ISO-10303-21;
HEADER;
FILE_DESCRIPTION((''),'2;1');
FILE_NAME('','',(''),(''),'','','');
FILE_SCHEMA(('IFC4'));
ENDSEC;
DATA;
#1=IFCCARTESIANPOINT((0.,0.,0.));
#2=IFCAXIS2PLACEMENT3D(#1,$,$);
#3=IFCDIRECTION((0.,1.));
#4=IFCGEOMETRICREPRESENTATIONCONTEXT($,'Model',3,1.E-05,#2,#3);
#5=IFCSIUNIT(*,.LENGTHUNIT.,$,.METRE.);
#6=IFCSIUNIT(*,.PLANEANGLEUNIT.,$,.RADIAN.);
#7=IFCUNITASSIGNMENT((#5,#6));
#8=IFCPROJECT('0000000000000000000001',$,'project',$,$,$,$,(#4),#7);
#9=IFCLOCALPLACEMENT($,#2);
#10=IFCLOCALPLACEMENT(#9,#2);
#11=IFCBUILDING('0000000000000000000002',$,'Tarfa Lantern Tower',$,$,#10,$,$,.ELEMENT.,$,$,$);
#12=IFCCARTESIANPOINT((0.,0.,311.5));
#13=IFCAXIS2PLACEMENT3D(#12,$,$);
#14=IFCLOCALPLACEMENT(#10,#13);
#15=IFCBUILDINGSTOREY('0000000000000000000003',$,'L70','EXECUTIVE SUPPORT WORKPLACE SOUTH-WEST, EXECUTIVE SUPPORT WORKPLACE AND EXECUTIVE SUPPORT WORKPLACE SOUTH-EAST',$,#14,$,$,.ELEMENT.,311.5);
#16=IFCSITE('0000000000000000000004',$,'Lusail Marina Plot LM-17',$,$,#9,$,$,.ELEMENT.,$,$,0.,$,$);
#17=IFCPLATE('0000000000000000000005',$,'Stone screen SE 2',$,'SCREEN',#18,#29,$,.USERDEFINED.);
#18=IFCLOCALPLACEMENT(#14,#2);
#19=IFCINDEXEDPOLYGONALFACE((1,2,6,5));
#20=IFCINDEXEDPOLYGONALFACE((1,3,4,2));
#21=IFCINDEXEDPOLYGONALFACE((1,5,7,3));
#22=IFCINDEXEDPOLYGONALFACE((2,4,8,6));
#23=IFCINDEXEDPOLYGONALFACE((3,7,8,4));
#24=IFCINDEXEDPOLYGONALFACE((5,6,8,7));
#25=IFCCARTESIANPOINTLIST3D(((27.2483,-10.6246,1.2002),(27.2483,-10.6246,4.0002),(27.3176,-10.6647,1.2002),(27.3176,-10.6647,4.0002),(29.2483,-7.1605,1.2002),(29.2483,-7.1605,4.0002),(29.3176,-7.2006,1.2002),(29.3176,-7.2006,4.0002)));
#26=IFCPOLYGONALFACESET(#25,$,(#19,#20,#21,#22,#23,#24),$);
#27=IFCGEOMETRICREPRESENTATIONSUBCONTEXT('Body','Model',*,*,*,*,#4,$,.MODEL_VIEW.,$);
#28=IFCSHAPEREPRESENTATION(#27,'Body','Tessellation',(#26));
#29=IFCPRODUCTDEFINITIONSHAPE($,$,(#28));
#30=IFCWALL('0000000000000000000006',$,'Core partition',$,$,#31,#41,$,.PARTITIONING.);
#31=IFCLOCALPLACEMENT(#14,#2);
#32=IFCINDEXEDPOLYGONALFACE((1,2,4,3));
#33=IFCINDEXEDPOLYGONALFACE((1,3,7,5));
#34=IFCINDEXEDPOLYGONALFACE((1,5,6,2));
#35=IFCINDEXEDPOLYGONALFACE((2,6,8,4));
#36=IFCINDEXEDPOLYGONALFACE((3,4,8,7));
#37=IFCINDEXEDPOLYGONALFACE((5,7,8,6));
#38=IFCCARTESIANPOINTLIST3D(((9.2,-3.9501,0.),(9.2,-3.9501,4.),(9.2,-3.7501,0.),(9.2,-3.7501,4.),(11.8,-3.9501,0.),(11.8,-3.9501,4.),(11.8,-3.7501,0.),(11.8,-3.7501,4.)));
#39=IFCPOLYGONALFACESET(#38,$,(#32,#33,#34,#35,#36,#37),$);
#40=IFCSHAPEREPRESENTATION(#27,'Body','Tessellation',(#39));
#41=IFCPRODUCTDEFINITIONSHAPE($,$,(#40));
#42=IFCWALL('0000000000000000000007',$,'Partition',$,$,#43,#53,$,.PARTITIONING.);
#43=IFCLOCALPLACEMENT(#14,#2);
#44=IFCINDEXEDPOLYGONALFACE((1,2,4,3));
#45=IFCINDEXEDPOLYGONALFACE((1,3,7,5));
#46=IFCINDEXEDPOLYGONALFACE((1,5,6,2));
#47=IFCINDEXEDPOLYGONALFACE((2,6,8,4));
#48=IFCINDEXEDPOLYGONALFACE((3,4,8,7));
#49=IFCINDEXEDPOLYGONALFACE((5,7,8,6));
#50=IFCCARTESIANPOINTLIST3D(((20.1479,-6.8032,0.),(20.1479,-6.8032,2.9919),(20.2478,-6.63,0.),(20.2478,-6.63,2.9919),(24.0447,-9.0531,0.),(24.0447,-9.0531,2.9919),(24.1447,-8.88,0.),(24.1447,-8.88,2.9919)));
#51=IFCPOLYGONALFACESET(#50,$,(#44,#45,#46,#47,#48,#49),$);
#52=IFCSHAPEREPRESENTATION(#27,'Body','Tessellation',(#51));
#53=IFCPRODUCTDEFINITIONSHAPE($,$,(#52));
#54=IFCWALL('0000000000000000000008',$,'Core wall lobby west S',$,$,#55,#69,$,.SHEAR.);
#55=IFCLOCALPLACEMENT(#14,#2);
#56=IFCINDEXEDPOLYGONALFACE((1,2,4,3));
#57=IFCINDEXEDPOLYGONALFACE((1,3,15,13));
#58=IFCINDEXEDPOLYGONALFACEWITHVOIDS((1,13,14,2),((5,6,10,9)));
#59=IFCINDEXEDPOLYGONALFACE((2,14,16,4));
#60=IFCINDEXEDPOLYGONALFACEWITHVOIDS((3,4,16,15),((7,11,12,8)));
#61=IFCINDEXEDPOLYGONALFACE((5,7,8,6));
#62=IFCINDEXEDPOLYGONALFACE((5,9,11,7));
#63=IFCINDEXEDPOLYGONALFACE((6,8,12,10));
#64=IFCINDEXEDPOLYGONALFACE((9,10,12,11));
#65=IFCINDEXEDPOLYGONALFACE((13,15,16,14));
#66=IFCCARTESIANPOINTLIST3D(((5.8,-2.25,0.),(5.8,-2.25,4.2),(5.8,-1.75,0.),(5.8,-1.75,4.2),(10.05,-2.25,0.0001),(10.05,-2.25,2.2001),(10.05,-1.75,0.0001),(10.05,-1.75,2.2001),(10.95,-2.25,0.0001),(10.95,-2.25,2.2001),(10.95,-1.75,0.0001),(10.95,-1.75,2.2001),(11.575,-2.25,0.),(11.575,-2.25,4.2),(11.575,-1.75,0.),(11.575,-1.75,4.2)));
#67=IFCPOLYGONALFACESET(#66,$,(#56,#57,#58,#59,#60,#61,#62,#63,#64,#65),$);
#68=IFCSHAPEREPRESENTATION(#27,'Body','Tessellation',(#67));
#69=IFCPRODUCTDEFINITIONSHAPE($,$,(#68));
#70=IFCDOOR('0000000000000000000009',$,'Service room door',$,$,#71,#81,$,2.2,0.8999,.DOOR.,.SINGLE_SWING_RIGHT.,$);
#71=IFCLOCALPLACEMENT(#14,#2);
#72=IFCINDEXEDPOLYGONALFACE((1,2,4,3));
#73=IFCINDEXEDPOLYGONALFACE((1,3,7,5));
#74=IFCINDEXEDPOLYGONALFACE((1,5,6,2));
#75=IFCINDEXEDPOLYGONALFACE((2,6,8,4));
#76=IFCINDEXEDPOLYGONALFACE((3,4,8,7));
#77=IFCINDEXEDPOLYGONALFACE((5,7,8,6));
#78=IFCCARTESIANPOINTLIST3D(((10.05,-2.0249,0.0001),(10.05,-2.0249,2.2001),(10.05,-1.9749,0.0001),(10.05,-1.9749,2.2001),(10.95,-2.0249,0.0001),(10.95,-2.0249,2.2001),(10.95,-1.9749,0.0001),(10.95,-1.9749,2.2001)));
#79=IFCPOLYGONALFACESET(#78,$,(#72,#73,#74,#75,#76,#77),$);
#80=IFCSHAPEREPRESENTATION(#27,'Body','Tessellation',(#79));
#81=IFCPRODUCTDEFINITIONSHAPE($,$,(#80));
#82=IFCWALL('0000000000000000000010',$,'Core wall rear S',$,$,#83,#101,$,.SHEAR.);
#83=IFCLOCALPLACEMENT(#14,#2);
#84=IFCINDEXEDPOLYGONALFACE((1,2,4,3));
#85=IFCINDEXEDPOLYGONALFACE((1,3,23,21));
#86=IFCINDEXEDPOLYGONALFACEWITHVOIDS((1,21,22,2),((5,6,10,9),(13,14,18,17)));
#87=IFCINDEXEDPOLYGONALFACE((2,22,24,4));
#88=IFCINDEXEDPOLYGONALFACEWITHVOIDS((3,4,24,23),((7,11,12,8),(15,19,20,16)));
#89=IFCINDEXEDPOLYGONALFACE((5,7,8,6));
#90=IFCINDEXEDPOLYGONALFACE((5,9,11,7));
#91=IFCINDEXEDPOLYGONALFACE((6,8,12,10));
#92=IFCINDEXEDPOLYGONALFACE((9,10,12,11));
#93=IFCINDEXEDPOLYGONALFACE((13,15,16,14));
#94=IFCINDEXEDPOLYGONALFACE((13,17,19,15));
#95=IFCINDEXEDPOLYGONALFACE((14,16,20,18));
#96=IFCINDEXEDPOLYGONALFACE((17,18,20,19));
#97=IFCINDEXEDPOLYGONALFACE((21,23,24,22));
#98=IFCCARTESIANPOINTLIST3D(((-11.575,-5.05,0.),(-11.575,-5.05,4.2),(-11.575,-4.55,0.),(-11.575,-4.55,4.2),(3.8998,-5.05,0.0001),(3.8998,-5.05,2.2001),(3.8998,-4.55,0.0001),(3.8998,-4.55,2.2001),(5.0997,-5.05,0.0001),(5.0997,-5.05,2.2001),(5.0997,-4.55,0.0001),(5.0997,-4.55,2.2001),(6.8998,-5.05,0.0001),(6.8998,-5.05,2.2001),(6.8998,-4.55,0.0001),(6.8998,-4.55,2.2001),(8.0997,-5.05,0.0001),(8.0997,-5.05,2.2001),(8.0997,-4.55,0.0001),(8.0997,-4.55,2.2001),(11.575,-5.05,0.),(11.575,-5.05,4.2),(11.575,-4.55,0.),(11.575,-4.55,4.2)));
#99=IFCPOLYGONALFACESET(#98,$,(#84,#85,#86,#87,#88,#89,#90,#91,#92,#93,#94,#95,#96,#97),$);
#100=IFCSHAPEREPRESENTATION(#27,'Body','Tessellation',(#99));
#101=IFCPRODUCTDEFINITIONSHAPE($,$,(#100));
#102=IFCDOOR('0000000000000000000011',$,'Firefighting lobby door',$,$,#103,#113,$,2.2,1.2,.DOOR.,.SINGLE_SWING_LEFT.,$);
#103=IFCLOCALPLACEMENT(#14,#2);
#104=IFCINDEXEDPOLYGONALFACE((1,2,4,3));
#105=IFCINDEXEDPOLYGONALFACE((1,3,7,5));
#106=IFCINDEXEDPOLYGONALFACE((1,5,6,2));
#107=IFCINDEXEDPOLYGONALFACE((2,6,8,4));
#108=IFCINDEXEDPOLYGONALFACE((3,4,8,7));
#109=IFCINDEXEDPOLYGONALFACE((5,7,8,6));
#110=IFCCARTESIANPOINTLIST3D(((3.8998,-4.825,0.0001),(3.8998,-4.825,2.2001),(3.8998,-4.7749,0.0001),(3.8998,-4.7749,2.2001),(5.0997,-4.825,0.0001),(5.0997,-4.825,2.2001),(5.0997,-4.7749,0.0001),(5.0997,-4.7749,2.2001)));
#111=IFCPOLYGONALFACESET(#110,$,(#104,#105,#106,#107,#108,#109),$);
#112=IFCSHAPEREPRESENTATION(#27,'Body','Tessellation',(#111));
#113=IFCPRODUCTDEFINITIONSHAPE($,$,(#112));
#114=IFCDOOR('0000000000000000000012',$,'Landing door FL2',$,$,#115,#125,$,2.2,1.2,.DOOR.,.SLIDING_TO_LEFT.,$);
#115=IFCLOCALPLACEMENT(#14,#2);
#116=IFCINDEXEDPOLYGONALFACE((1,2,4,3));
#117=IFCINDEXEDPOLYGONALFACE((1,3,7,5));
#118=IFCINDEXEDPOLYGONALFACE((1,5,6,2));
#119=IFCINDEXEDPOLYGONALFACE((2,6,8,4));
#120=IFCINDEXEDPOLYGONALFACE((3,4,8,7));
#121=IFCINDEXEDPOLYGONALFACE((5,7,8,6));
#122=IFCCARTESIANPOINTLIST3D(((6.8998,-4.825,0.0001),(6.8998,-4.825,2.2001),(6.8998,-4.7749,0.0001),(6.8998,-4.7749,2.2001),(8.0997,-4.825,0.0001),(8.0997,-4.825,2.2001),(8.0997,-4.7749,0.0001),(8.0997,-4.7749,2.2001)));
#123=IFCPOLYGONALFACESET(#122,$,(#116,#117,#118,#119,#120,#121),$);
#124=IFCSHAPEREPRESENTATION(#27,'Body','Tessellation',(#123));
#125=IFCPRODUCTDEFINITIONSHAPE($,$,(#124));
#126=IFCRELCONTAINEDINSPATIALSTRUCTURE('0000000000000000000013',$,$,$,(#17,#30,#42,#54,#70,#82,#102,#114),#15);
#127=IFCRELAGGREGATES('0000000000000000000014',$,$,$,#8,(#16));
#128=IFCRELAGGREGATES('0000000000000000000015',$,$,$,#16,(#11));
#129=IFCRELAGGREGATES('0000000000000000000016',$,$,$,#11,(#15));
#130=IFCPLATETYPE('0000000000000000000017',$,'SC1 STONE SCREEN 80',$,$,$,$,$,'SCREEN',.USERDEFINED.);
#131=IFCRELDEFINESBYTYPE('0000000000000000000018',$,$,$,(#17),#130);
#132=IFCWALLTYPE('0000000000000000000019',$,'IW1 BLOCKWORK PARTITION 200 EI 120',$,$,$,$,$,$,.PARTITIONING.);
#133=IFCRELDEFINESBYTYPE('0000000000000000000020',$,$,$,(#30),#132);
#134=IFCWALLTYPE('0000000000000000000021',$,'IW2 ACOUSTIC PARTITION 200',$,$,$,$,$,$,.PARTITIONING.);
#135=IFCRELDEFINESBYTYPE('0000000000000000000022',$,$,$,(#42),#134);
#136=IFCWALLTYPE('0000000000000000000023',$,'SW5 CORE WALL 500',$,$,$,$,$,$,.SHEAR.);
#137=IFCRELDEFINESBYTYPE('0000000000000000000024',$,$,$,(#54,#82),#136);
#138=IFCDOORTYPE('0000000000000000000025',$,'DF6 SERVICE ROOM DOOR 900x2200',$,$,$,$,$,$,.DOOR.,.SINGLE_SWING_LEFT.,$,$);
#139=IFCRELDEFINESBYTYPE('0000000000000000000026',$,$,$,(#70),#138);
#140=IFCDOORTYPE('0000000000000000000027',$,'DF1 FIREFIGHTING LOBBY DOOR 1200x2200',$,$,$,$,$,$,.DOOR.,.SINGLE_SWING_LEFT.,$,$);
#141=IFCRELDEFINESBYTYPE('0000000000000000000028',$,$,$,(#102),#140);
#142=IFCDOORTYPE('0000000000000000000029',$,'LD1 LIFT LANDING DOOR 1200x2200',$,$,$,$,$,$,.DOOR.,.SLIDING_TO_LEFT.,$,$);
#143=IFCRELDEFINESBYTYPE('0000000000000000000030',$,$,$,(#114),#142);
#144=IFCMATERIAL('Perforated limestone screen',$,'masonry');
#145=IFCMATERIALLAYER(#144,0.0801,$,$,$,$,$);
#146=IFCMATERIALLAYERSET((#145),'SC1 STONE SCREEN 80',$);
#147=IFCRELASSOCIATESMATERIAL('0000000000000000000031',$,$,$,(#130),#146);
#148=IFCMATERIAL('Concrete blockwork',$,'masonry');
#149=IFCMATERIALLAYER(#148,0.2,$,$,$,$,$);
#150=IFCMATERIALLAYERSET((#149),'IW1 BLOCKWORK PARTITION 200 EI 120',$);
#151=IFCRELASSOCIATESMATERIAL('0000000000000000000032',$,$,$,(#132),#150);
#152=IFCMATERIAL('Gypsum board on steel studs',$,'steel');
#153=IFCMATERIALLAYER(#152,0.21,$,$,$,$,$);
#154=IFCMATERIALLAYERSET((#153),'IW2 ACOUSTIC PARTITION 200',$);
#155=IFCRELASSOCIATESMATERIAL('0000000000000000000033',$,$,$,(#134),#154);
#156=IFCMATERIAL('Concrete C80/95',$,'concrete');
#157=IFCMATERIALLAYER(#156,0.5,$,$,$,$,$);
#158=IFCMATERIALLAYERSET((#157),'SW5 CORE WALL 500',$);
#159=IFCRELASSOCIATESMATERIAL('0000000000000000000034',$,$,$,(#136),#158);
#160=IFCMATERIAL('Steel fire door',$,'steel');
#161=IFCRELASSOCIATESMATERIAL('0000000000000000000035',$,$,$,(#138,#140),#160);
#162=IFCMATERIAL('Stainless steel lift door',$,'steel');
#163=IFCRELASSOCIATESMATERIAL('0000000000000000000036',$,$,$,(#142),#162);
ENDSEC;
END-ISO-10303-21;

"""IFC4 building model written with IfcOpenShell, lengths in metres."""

from ifc_helpers import new_model, si_unit, direction, frame, frame_2d, origin, origin_2d, place, context, subcontext, project, spatial, rectangle, extrude, material, layer, layer_set, type_object, element, fill, save


model = new_model("IFC4")

# Units and contexts
model_context = context("Model", 3, precision=1e-05, world=origin(), true_north=direction((0.0, 1.0)))
body_context = subcontext(model_context, "Body", "Model", "MODEL_VIEW")
ifc_project = project(units=[si_unit("LENGTHUNIT", "METRE"), si_unit("PLANEANGLEUNIT", "RADIAN")], contexts=[model_context])

# Site, building, storey
site_placement = place(None, origin())
site = spatial("IfcSite", under=ifc_project, at=site_placement, Name="Lusail Marina Plot LM-17", CompositionType="ELEMENT", RefElevation=0.0)
building_placement = place(site_placement, origin())
building = spatial("IfcBuilding", under=site, at=building_placement, Name="Tarfa Lantern Tower", CompositionType="ELEMENT")
storey_placement = place(building_placement, frame((0.0, 0.0, 311.5)))
storey = spatial("IfcBuildingStorey", under=building, at=storey_placement, Name="L70", Description="EXECUTIVE SUPPORT WORKPLACE SOUTH-WEST, EXECUTIVE SUPPORT WORKPLACE AND EXECUTIVE SUPPORT WORKPLACE SOUTH-EAST", CompositionType="ELEMENT", Elevation=311.5)

# Shared definitions
ifc_material_1 = material(Name="Concrete C80/95", Category="concrete")

# Plate
ifc_material_2 = material(Name="Perforated limestone screen", Category="masonry")
ifc_layer_1 = layer(ifc_material_2, 0.0801)
ifc_layer_set_1 = layer_set([ifc_layer_1], Name="SC1 STONE SCREEN 80")
plate_type = type_object("IfcPlateType", Name="SC1 STONE SCREEN 80", ElementType="SCREEN", PredefinedType="USERDEFINED", material=ifc_layer_set_1)
plate_placement = place(storey_placement, frame((28.283, -8.9126, 1.2002), z_axis=(0.0, 0.0, 1.0), x_axis=(0.5, 0.866025, 0.0)))
element("IfcPlate", 1, at=plate_placement, inside=storey, type_object=plate_type, Name="Stone screen SE 2", ObjectType="SCREEN", PredefinedType="USERDEFINED", context=body_context, shape_type="SweptSolid", body=[
    extrude(rectangle(XDim=4.0, YDim=0.0801, at=origin_2d()), origin(), (0.0, 0.0, 1.0), 2.8),
])

# Walls
ifc_material_3 = material(Name="Concrete blockwork", Category="masonry")
ifc_layer_2 = layer(ifc_material_3, 0.2)
ifc_layer_set_2 = layer_set([ifc_layer_2], Name="IW1 BLOCKWORK PARTITION 200 EI 120")
wall_type_1 = type_object("IfcWallType", Name="IW1 BLOCKWORK PARTITION 200 EI 120", PredefinedType="PARTITIONING", material=ifc_layer_set_2)
wall_1_placement = place(storey_placement, frame((11.8, -3.8501, 0.0), z_axis=(0.0, 0.0, 1.0), x_axis=(-1.0, 0.0, 0.0)))
element("IfcWall", 2, at=wall_1_placement, inside=storey, type_object=wall_type_1, Name="Core partition", PredefinedType="PARTITIONING", context=body_context, shape_type="SweptSolid", body=[
    extrude(rectangle(XDim=2.6001, YDim=0.2, at=frame_2d((1.3, 0.0))), origin(), (0.0, 0.0, 1.0), 4.0),
])
ifc_material_4 = material(Name="Gypsum board on steel studs", Category="steel")
ifc_layer_3 = layer(ifc_material_4, 0.21)
ifc_layer_set_3 = layer_set([ifc_layer_3], Name="IW2 ACOUSTIC PARTITION 200")
wall_type_2 = type_object("IfcWallType", Name="IW2 ACOUSTIC PARTITION 200", PredefinedType="PARTITIONING", material=ifc_layer_set_3)
wall_2_placement = place(storey_placement, frame((20.1978, -6.7166, 0.0), z_axis=(0.0, 0.0, 1.0), x_axis=(0.866018, -0.500014, 0.0)))
element("IfcWall", 3, at=wall_2_placement, inside=storey, type_object=wall_type_2, Name="Partition", PredefinedType="PARTITIONING", context=body_context, shape_type="SweptSolid", body=[
    extrude(rectangle(XDim=4.4998, YDim=0.2, at=frame_2d((2.25, 0.0))), origin(), (0.0, 0.0, 1.0), 2.9919),
])

# Wall, opening, door
ifc_material_5 = material(Name="Steel fire door", Category="steel")
ifc_layer_4 = layer(ifc_material_1, 0.5)
ifc_layer_set_4 = layer_set([ifc_layer_4], Name="SW5 CORE WALL 500")
wall_type_3 = type_object("IfcWallType", Name="SW5 CORE WALL 500", PredefinedType="SHEAR", material=ifc_layer_set_4)
wall_3_placement = place(storey_placement, frame((11.575, -2.0, 0.0), z_axis=(0.0, 0.0, 1.0), x_axis=(-1.0, 0.0, 0.0)))
wall_3 = element("IfcWall", 4, at=wall_3_placement, inside=storey, type_object=wall_type_3, Name="Core wall lobby west S", PredefinedType="SHEAR", context=body_context, shape_type="SweptSolid", body=[
    extrude(rectangle(XDim=5.7749, YDim=0.5, at=frame_2d((2.8875, 0.0))), origin(), (0.0, 0.0, 1.0), 4.2),
])
opening_1_placement = place(wall_3_placement, frame((0.625, 0.0, 0.0)))
opening_1 = element("IfcOpeningElement", 5, at=opening_1_placement, cuts=wall_3, PredefinedType="OPENING", context=body_context, shape_type="SweptSolid", body=[
    extrude(rectangle(XDim=0.8999, YDim=2.2, at=frame_2d((0.45, 1.1001))), frame((0.0, 0.26, 0.0), z_axis=(0.0, -1.0, 0.0), x_axis=(1.0, 0.0, 0.0)), (0.0, 0.0, 1.0), 0.52),
])
door_type_1 = type_object("IfcDoorType", Name="DF6 SERVICE ROOM DOOR 900x2200", OperationType="SINGLE_SWING_LEFT", PredefinedType="DOOR", material=ifc_material_5)
door_1_placement = place(opening_1_placement, origin())
door_1 = element("IfcDoor", 6, at=door_1_placement, inside=storey, type_object=door_type_1, Name="Service room door", OperationType="SINGLE_SWING_RIGHT", OverallHeight=2.2, OverallWidth=0.8999, PredefinedType="DOOR", context=body_context, shape_type="SweptSolid", body=[
    extrude(rectangle(XDim=0.8999, YDim=2.2, at=frame_2d((0.45, 1.1001))), frame((0.0, 0.0249, 0.0), z_axis=(0.0, -1.0, 0.0), x_axis=(1.0, 0.0, 0.0)), (0.0, 0.0, 1.0), 0.05),
])
fill(opening_1, door_1)

# Wall, openings, doors
wall_4_placement = place(storey_placement, frame((11.575, -4.8, 0.0), z_axis=(0.0, 0.0, 1.0), x_axis=(-1.0, 0.0, 0.0)))
wall_4 = element("IfcWall", 7, at=wall_4_placement, inside=storey, type_object=wall_type_3, Name="Core wall rear S", PredefinedType="SHEAR", context=body_context, shape_type="SweptSolid", body=[
    extrude(rectangle(XDim=23.1499, YDim=0.5, at=frame_2d((11.575, 0.0))), origin(), (0.0, 0.0, 1.0), 4.2),
])
opening_2_placement = place(wall_4_placement, frame((6.4751, 0.0, 0.0)))
opening_2 = element("IfcOpeningElement", 8, at=opening_2_placement, cuts=wall_4, PredefinedType="OPENING", context=body_context, shape_type="SweptSolid", body=[
    extrude(rectangle(XDim=1.2, YDim=2.2, at=frame_2d((0.6001, 1.1001))), frame((0.0, 0.26, 0.0), z_axis=(0.0, -1.0, 0.0), x_axis=(1.0, 0.0, 0.0)), (0.0, 0.0, 1.0), 0.52),
])
opening_3_placement = place(wall_4_placement, frame((3.4751, 0.0, 0.0)))
opening_3 = element("IfcOpeningElement", 9, at=opening_3_placement, cuts=wall_4, PredefinedType="OPENING", context=body_context, shape_type="SweptSolid", body=[
    extrude(rectangle(XDim=1.2, YDim=2.2, at=frame_2d((0.6001, 1.1001))), frame((0.0, 0.26, 0.0), z_axis=(0.0, -1.0, 0.0), x_axis=(1.0, 0.0, 0.0)), (0.0, 0.0, 1.0), 0.52),
])
door_type_2 = type_object("IfcDoorType", Name="DF1 FIREFIGHTING LOBBY DOOR 1200x2200", OperationType="SINGLE_SWING_LEFT", PredefinedType="DOOR", material=ifc_material_5)
door_2_placement = place(opening_2_placement, origin())
door_2 = element("IfcDoor", 10, at=door_2_placement, inside=storey, type_object=door_type_2, Name="Firefighting lobby door", OperationType="SINGLE_SWING_LEFT", OverallHeight=2.2, OverallWidth=1.2, PredefinedType="DOOR", context=body_context, shape_type="SweptSolid", body=[
    extrude(rectangle(XDim=1.2, YDim=2.2, at=frame_2d((0.6001, 1.1001))), frame((0.0, 0.0249, 0.0), z_axis=(0.0, -1.0, 0.0), x_axis=(1.0, 0.0, 0.0)), (0.0, 0.0, 1.0), 0.05),
])
fill(opening_2, door_2)
ifc_material_6 = material(Name="Stainless steel lift door", Category="steel")
door_type_3 = type_object("IfcDoorType", Name="LD1 LIFT LANDING DOOR 1200x2200", OperationType="SLIDING_TO_LEFT", PredefinedType="DOOR", material=ifc_material_6)
door_3_placement = place(opening_3_placement, origin())
door_3 = element("IfcDoor", 11, at=door_3_placement, inside=storey, type_object=door_type_3, Name="Landing door FL2", OperationType="SLIDING_TO_LEFT", OverallHeight=2.2, OverallWidth=1.2, PredefinedType="DOOR", context=body_context, shape_type="SweptSolid", body=[
    extrude(rectangle(XDim=1.2, YDim=2.2, at=frame_2d((0.6001, 1.1001))), frame((0.0, 0.0249, 0.0), z_axis=(0.0, -1.0, 0.0), x_axis=(1.0, 0.0, 0.0)), (0.0, 0.0, 1.0), 0.05),
])
fill(opening_3, door_3)

save(model, "model.ifc")
